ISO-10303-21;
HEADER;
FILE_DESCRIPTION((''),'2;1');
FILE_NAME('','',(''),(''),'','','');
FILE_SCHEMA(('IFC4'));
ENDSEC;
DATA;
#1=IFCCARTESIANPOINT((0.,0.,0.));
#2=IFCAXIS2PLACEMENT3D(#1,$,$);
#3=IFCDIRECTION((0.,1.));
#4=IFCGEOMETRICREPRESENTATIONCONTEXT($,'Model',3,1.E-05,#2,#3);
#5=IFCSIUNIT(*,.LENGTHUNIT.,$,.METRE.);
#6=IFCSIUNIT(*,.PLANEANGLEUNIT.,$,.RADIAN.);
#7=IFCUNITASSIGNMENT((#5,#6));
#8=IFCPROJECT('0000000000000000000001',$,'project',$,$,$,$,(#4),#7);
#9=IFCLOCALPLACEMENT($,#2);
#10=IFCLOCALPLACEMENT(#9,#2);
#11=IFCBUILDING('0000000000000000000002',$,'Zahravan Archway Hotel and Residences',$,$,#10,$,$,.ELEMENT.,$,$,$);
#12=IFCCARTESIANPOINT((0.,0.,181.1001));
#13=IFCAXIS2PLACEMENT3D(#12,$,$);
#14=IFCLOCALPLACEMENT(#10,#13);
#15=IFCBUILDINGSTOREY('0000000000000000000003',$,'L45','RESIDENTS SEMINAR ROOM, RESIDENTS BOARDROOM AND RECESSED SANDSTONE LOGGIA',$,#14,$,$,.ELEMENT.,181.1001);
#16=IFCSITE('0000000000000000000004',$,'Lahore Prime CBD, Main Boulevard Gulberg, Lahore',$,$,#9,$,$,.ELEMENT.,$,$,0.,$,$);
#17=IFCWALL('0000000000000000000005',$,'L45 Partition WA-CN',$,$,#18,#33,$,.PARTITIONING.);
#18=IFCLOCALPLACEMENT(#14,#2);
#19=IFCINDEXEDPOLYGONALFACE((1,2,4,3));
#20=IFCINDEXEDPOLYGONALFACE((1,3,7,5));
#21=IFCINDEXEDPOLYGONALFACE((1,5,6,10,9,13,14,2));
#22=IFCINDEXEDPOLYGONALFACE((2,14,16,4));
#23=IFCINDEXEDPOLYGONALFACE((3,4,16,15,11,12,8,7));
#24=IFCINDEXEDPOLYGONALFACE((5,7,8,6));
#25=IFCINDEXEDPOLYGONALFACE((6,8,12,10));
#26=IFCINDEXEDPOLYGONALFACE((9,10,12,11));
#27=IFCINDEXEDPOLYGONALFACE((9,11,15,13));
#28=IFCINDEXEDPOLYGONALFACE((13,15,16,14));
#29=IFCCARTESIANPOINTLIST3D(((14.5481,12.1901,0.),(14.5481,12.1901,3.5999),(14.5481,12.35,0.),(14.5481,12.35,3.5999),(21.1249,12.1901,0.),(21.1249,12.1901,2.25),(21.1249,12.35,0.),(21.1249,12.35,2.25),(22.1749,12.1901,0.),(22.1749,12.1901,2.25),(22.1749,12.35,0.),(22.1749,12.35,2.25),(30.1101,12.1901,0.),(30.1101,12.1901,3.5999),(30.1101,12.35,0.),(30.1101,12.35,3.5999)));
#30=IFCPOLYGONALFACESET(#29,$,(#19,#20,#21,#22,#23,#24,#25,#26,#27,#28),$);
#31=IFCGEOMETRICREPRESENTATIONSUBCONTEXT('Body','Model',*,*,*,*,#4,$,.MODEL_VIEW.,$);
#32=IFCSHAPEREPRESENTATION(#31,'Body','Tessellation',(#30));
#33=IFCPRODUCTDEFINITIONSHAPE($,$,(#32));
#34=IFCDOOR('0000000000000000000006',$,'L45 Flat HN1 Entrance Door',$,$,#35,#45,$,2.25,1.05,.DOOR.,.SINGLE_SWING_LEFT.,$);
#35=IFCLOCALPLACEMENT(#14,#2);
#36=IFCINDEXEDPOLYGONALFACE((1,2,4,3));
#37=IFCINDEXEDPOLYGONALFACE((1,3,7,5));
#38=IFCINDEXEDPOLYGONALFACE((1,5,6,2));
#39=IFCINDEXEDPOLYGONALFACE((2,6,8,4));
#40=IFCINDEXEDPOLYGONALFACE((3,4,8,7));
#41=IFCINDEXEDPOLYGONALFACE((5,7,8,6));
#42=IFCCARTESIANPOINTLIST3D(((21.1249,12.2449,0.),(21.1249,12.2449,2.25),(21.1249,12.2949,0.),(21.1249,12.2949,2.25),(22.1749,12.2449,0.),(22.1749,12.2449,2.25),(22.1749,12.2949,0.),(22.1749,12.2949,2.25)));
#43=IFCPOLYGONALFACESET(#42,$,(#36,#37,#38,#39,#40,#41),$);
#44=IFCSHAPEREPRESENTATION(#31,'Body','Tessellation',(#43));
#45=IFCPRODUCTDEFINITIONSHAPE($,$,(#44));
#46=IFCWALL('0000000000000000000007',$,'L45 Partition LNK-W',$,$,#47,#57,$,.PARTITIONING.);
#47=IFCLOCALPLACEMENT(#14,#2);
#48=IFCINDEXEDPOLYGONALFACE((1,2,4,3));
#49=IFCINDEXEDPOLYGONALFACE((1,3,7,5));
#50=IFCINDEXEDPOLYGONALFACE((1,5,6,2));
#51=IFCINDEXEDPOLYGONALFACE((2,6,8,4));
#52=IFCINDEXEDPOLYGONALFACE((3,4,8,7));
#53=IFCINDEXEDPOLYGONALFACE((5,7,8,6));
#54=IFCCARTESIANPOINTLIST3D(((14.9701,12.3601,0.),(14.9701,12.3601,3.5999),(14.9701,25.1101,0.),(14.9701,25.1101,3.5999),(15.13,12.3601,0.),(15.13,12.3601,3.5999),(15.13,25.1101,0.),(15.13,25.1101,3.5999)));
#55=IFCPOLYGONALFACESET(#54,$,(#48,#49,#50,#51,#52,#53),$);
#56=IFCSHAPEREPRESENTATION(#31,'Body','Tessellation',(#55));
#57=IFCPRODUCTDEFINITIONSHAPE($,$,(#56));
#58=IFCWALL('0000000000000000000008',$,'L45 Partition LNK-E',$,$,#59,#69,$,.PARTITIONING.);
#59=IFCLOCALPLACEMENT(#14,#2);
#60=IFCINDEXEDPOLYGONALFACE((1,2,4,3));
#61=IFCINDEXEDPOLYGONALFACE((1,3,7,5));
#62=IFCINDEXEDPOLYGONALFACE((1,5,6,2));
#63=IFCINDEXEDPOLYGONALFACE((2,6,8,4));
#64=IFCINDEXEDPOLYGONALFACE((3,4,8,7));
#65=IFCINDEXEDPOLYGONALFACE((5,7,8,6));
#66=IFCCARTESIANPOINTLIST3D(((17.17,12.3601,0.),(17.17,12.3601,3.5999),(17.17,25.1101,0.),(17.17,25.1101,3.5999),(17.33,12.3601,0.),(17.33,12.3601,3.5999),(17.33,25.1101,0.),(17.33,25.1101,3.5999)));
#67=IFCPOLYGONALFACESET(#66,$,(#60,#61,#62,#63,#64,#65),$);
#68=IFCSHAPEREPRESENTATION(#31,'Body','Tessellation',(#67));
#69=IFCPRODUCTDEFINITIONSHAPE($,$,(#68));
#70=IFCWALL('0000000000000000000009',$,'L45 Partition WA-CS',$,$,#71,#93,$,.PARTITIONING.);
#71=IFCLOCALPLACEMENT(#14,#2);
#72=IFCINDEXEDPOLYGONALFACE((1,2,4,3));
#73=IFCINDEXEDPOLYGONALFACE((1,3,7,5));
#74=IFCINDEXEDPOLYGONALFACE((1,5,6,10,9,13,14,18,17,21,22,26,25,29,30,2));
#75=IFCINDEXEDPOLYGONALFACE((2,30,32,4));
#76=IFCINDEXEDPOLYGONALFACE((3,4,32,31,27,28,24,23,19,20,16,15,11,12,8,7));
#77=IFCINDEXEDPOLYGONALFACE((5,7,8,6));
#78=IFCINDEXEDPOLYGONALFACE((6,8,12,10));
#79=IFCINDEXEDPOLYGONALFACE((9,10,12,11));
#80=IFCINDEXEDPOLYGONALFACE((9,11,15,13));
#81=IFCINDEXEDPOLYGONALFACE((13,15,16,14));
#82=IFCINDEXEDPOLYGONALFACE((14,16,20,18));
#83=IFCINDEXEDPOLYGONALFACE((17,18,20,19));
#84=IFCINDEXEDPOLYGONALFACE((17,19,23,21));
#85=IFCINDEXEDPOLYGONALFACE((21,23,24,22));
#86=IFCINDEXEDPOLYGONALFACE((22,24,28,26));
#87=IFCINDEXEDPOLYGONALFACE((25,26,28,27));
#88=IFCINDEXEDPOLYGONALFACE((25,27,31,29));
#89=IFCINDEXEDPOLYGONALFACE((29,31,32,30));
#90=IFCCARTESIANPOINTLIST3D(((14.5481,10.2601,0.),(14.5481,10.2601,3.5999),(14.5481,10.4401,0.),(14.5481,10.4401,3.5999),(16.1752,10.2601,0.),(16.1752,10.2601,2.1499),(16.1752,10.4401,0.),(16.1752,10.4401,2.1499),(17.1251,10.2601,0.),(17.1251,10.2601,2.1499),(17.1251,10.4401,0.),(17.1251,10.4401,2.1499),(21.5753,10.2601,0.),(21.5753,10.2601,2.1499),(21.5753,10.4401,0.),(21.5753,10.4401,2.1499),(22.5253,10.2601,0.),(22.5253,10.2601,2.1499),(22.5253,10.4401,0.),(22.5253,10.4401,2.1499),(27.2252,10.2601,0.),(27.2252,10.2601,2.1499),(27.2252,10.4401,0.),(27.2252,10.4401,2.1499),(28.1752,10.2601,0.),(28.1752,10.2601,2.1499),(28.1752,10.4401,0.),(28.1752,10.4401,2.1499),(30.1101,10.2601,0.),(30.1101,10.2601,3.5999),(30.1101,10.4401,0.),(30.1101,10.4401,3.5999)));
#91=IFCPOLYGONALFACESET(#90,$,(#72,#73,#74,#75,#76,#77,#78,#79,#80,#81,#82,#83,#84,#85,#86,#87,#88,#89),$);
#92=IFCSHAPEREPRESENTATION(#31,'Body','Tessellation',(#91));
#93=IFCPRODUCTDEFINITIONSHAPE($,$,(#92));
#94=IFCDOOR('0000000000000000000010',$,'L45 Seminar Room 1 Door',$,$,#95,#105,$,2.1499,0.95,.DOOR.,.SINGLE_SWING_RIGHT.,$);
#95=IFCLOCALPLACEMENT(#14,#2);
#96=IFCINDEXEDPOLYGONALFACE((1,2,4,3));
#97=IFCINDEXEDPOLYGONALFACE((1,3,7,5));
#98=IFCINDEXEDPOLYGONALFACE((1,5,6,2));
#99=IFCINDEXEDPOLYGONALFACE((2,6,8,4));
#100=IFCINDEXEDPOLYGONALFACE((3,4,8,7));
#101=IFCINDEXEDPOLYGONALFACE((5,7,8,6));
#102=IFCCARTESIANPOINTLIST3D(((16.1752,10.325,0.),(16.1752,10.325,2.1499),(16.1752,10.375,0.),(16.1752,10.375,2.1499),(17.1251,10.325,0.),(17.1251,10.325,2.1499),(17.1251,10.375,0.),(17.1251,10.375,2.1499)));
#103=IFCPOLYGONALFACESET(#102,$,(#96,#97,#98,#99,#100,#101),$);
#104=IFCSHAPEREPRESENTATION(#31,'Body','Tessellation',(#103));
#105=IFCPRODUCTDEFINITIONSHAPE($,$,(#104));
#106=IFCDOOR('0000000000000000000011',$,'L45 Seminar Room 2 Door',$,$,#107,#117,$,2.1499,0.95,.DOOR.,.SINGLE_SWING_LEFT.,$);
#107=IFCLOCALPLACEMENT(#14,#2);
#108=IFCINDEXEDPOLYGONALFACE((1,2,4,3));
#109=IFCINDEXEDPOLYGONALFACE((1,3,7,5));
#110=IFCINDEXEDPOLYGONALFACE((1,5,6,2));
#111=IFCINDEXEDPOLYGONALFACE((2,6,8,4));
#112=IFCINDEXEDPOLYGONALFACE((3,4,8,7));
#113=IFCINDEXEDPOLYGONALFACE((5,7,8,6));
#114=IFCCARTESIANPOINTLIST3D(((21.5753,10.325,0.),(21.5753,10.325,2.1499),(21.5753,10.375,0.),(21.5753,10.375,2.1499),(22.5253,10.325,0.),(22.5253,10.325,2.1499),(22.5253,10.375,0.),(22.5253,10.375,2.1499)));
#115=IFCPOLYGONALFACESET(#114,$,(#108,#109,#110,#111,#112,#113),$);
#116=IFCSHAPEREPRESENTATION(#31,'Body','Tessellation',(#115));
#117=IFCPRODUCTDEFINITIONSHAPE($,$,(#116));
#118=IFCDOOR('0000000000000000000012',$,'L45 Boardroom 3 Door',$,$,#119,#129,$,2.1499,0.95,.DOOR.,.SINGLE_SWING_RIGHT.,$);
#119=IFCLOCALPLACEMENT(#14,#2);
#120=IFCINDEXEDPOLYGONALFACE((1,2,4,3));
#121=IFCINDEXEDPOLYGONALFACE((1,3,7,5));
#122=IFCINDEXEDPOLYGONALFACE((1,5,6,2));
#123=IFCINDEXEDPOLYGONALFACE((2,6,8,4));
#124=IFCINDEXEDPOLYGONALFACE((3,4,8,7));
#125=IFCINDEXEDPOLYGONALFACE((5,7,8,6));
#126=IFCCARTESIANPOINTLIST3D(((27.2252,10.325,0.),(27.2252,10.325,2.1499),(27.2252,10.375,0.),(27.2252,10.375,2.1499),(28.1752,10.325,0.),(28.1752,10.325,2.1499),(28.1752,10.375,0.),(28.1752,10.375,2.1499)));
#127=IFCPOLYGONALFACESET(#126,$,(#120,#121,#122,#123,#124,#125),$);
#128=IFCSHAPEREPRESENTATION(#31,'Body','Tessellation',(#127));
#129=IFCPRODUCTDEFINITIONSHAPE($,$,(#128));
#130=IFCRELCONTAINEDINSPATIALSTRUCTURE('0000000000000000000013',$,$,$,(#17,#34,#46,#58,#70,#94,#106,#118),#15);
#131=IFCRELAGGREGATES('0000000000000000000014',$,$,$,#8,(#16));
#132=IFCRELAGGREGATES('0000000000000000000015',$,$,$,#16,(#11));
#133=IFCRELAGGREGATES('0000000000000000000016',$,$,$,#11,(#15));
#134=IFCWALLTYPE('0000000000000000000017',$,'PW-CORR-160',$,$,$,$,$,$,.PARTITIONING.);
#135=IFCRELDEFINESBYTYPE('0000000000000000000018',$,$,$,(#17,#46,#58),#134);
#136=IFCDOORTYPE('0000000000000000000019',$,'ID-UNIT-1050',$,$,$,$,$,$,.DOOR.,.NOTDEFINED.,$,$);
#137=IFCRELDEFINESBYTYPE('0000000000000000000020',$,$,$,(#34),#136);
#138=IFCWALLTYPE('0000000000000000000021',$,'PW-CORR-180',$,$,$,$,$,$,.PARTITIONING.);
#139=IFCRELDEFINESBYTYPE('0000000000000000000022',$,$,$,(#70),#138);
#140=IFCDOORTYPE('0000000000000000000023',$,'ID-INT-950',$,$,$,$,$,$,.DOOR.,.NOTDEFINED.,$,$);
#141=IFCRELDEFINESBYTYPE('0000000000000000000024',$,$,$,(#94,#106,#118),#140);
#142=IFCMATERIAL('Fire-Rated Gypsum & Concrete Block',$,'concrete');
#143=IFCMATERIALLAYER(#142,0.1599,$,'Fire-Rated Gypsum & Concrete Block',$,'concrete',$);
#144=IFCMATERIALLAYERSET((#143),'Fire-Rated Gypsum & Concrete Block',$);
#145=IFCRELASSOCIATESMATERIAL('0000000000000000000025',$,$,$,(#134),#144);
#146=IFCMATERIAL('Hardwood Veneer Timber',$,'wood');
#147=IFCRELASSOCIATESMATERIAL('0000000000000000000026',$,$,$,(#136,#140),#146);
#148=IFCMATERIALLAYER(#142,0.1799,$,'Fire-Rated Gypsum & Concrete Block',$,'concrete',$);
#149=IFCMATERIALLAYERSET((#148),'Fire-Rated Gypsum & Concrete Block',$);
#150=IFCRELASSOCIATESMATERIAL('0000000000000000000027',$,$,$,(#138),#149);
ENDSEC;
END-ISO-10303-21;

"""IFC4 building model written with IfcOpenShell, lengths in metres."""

from ifc_helpers import new_model, si_unit, direction, frame, frame_2d, origin, place, context, subcontext, project, spatial, rectangle, extrude, source, transform, mapped, material, layer, layer_set, type_object, type_shapes, element, fill, save


model = new_model("IFC4")

# Units and contexts
model_context = context("Model", 3, precision=1e-05, world=origin(), true_north=direction((0.0, 1.0)))
body_context = subcontext(model_context, "Body", "Model", "MODEL_VIEW")
ifc_project = project(units=[si_unit("LENGTHUNIT", "METRE"), si_unit("PLANEANGLEUNIT", "RADIAN")], contexts=[model_context])

# Site, building, storey
site_placement = place(None, origin())
site = spatial("IfcSite", under=ifc_project, at=site_placement, Name="Lahore Prime CBD, Main Boulevard Gulberg, Lahore", CompositionType="ELEMENT", RefElevation=0.0)
building_placement = place(site_placement, origin())
building = spatial("IfcBuilding", under=site, at=building_placement, Name="Zahravan Archway Hotel and Residences", CompositionType="ELEMENT")
storey_placement = place(building_placement, frame((0.0, 0.0, 181.1001)))
storey = spatial("IfcBuildingStorey", under=building, at=storey_placement, Name="L45", Description="RESIDENTS SEMINAR ROOM, RESIDENTS BOARDROOM AND RECESSED SANDSTONE LOGGIA", CompositionType="ELEMENT", Elevation=181.1001)

# Wall, opening, door
ifc_material_1 = material(Name="Fire-Rated Gypsum & Concrete Block", Category="concrete")
ifc_layer_1 = layer(ifc_material_1, 0.1599, Name="Fire-Rated Gypsum & Concrete Block", Category="concrete")
ifc_layer_set_1 = layer_set([ifc_layer_1], Name="Fire-Rated Gypsum & Concrete Block")
wall_type_1 = type_object("IfcWallType", Name="PW-CORR-160", PredefinedType="PARTITIONING", material=ifc_layer_set_1)
wall_1_placement = place(storey_placement, frame((14.5481, 12.27, 0.0), z_axis=(0.0, 0.0, 1.0), x_axis=(1.0, 0.0, 0.0)))
wall_1 = element("IfcWall", 1, at=wall_1_placement, inside=storey, type_object=wall_type_1, Name="L45 Partition WA-CN", PredefinedType="PARTITIONING", context=body_context, shape_type="SweptSolid", body=[
    extrude(rectangle(XDim=15.562, YDim=0.1599, at=frame_2d((7.781, 0.0))), origin(), (0.0, 0.0, 1.0), 3.5999),
])
opening_1_placement = place(wall_1_placement, frame((6.5769, 0.0, 0.0)))
opening_1 = element("IfcOpeningElement", 2, at=opening_1_placement, cuts=wall_1, PredefinedType="OPENING", context=body_context, shape_type="SweptSolid", body=[
    extrude(rectangle(XDim=1.05, YDim=2.25, at=frame_2d((0.5249, 1.125))), frame((0.0, 0.0898, 0.0), z_axis=(0.0, -1.0, 0.0), x_axis=(1.0, 0.0, 0.0)), (0.0, 0.0, 1.0), 0.1799),
])
ifc_material_2 = material(Name="Hardwood Veneer Timber", Category="wood")
door_type_1 = type_object("IfcDoorType", Name="ID-UNIT-1050", OperationType="NOTDEFINED", PredefinedType="DOOR", material=ifc_material_2)
shared_shape_1 = source(origin(), body_context, "Body", "SweptSolid", [
    extrude(rectangle(XDim=1.05, YDim=2.25, at=frame_2d((0.5249, 1.125))), frame((0.0, 0.0249, 0.0), z_axis=(0.0, -1.0, 0.0), x_axis=(1.0, 0.0, 0.0)), (0.0, 0.0, 1.0), 0.05),
])
type_shapes(door_type_1, [shared_shape_1])
door_1_placement = place(opening_1_placement, origin())
door_1 = element("IfcDoor", 3, at=door_1_placement, inside=storey, type_object=door_type_1, Name="L45 Flat HN1 Entrance Door", OperationType="SINGLE_SWING_LEFT", OverallHeight=2.25, OverallWidth=1.05, PredefinedType="DOOR", context=body_context, shape_type="MappedRepresentation", body=[
    mapped(shared_shape_1, transform((0.0, 0.0, 0.0), scale=1.0)),
])
fill(opening_1, door_1)

# Walls
for number, where, z_axis, x_axis, name in (
    (4, (15.05, 12.3601, 0.0), (0.0, 0.0, 1.0), (0.0, 1.0, 0.0), "L45 Partition LNK-W"),
    (5, (17.25, 12.3601, 0.0), (0.0, 0.0, 1.0), (0.0, 1.0, 0.0), "L45 Partition LNK-E"),
):
    element("IfcWall", number, at=place(storey_placement, frame(where, z_axis=z_axis, x_axis=x_axis)), inside=storey, type_object=wall_type_1, Name=name, PredefinedType="PARTITIONING", context=body_context, shape_type="SweptSolid", body=[
        extrude(rectangle(XDim=12.75, YDim=0.1599, at=frame_2d((6.375, 0.0))), origin(), (0.0, 0.0, 1.0), 3.5999),
    ])

# Wall, openings, doors
ifc_layer_2 = layer(ifc_material_1, 0.1799, Name="Fire-Rated Gypsum & Concrete Block", Category="concrete")
ifc_layer_set_2 = layer_set([ifc_layer_2], Name="Fire-Rated Gypsum & Concrete Block")
wall_type_2 = type_object("IfcWallType", Name="PW-CORR-180", PredefinedType="PARTITIONING", material=ifc_layer_set_2)
wall_2_placement = place(storey_placement, frame((14.5481, 10.3501, 0.0), z_axis=(0.0, 0.0, 1.0), x_axis=(1.0, 0.0, 0.0)))
wall_2 = element("IfcWall", 6, at=wall_2_placement, inside=storey, type_object=wall_type_2, Name="L45 Partition WA-CS", PredefinedType="PARTITIONING", context=body_context, shape_type="SweptSolid", body=[
    extrude(rectangle(XDim=15.562, YDim=0.1799, at=frame_2d((7.781, 0.0))), origin(), (0.0, 0.0, 1.0), 3.5999),
])
opening_2_placement = place(wall_2_placement, frame((1.627, 0.0, 0.0)))
opening_2 = element("IfcOpeningElement", 7, at=opening_2_placement, cuts=wall_2, PredefinedType="OPENING", context=body_context, shape_type="SweptSolid", body=[
    extrude(rectangle(XDim=0.95, YDim=2.1499, at=frame_2d((0.4751, 1.075))), frame((0.0, 0.1001, 0.0), z_axis=(0.0, -1.0, 0.0), x_axis=(1.0, 0.0, 0.0)), (0.0, 0.0, 1.0), 0.2),
])
opening_3_placement = place(wall_2_placement, frame((7.0271, 0.0, 0.0)))
opening_3 = element("IfcOpeningElement", 8, at=opening_3_placement, cuts=wall_2, PredefinedType="OPENING", context=body_context, shape_type="SweptSolid", body=[
    extrude(rectangle(XDim=0.95, YDim=2.1499, at=frame_2d((0.4751, 1.075))), frame((0.0, 0.1001, 0.0), z_axis=(0.0, -1.0, 0.0), x_axis=(1.0, 0.0, 0.0)), (0.0, 0.0, 1.0), 0.2),
])
opening_4_placement = place(wall_2_placement, frame((12.677, 0.0, 0.0)))
opening_4 = element("IfcOpeningElement", 9, at=opening_4_placement, cuts=wall_2, PredefinedType="OPENING", context=body_context, shape_type="SweptSolid", body=[
    extrude(rectangle(XDim=0.95, YDim=2.1499, at=frame_2d((0.4751, 1.075))), frame((0.0, 0.1001, 0.0), z_axis=(0.0, -1.0, 0.0), x_axis=(1.0, 0.0, 0.0)), (0.0, 0.0, 1.0), 0.2),
])
door_type_2 = type_object("IfcDoorType", Name="ID-INT-950", OperationType="NOTDEFINED", PredefinedType="DOOR", material=ifc_material_2)
shared_shape_2 = source(origin(), body_context, "Body", "SweptSolid", [
    extrude(rectangle(XDim=0.95, YDim=2.1499, at=frame_2d((0.4751, 1.075))), frame((0.0, 0.0249, 0.0), z_axis=(0.0, -1.0, 0.0), x_axis=(1.0, 0.0, 0.0)), (0.0, 0.0, 1.0), 0.05),
])
type_shapes(door_type_2, [shared_shape_2])
door_2_placement = place(opening_2_placement, origin())
door_2 = element("IfcDoor", 10, at=door_2_placement, inside=storey, type_object=door_type_2, Name="L45 Seminar Room 1 Door", OperationType="SINGLE_SWING_RIGHT", OverallHeight=2.1499, OverallWidth=0.95, PredefinedType="DOOR", context=body_context, shape_type="MappedRepresentation", body=[
    mapped(shared_shape_2, transform((0.0, 0.0, 0.0), scale=1.0)),
])
fill(opening_2, door_2)
door_3_placement = place(opening_3_placement, origin())
door_3 = element("IfcDoor", 11, at=door_3_placement, inside=storey, type_object=door_type_2, Name="L45 Seminar Room 2 Door", OperationType="SINGLE_SWING_LEFT", OverallHeight=2.1499, OverallWidth=0.95, PredefinedType="DOOR", context=body_context, shape_type="MappedRepresentation", body=[
    mapped(shared_shape_2, transform((0.0, 0.0, 0.0), scale=1.0)),
])
fill(opening_3, door_3)
door_4_placement = place(opening_4_placement, origin())
door_4 = element("IfcDoor", 12, at=door_4_placement, inside=storey, type_object=door_type_2, Name="L45 Boardroom 3 Door", OperationType="SINGLE_SWING_RIGHT", OverallHeight=2.1499, OverallWidth=0.95, PredefinedType="DOOR", context=body_context, shape_type="MappedRepresentation", body=[
    mapped(shared_shape_2, transform((0.0, 0.0, 0.0), scale=1.0)),
])
fill(opening_4, door_4)

save(model, "model.ifc")
